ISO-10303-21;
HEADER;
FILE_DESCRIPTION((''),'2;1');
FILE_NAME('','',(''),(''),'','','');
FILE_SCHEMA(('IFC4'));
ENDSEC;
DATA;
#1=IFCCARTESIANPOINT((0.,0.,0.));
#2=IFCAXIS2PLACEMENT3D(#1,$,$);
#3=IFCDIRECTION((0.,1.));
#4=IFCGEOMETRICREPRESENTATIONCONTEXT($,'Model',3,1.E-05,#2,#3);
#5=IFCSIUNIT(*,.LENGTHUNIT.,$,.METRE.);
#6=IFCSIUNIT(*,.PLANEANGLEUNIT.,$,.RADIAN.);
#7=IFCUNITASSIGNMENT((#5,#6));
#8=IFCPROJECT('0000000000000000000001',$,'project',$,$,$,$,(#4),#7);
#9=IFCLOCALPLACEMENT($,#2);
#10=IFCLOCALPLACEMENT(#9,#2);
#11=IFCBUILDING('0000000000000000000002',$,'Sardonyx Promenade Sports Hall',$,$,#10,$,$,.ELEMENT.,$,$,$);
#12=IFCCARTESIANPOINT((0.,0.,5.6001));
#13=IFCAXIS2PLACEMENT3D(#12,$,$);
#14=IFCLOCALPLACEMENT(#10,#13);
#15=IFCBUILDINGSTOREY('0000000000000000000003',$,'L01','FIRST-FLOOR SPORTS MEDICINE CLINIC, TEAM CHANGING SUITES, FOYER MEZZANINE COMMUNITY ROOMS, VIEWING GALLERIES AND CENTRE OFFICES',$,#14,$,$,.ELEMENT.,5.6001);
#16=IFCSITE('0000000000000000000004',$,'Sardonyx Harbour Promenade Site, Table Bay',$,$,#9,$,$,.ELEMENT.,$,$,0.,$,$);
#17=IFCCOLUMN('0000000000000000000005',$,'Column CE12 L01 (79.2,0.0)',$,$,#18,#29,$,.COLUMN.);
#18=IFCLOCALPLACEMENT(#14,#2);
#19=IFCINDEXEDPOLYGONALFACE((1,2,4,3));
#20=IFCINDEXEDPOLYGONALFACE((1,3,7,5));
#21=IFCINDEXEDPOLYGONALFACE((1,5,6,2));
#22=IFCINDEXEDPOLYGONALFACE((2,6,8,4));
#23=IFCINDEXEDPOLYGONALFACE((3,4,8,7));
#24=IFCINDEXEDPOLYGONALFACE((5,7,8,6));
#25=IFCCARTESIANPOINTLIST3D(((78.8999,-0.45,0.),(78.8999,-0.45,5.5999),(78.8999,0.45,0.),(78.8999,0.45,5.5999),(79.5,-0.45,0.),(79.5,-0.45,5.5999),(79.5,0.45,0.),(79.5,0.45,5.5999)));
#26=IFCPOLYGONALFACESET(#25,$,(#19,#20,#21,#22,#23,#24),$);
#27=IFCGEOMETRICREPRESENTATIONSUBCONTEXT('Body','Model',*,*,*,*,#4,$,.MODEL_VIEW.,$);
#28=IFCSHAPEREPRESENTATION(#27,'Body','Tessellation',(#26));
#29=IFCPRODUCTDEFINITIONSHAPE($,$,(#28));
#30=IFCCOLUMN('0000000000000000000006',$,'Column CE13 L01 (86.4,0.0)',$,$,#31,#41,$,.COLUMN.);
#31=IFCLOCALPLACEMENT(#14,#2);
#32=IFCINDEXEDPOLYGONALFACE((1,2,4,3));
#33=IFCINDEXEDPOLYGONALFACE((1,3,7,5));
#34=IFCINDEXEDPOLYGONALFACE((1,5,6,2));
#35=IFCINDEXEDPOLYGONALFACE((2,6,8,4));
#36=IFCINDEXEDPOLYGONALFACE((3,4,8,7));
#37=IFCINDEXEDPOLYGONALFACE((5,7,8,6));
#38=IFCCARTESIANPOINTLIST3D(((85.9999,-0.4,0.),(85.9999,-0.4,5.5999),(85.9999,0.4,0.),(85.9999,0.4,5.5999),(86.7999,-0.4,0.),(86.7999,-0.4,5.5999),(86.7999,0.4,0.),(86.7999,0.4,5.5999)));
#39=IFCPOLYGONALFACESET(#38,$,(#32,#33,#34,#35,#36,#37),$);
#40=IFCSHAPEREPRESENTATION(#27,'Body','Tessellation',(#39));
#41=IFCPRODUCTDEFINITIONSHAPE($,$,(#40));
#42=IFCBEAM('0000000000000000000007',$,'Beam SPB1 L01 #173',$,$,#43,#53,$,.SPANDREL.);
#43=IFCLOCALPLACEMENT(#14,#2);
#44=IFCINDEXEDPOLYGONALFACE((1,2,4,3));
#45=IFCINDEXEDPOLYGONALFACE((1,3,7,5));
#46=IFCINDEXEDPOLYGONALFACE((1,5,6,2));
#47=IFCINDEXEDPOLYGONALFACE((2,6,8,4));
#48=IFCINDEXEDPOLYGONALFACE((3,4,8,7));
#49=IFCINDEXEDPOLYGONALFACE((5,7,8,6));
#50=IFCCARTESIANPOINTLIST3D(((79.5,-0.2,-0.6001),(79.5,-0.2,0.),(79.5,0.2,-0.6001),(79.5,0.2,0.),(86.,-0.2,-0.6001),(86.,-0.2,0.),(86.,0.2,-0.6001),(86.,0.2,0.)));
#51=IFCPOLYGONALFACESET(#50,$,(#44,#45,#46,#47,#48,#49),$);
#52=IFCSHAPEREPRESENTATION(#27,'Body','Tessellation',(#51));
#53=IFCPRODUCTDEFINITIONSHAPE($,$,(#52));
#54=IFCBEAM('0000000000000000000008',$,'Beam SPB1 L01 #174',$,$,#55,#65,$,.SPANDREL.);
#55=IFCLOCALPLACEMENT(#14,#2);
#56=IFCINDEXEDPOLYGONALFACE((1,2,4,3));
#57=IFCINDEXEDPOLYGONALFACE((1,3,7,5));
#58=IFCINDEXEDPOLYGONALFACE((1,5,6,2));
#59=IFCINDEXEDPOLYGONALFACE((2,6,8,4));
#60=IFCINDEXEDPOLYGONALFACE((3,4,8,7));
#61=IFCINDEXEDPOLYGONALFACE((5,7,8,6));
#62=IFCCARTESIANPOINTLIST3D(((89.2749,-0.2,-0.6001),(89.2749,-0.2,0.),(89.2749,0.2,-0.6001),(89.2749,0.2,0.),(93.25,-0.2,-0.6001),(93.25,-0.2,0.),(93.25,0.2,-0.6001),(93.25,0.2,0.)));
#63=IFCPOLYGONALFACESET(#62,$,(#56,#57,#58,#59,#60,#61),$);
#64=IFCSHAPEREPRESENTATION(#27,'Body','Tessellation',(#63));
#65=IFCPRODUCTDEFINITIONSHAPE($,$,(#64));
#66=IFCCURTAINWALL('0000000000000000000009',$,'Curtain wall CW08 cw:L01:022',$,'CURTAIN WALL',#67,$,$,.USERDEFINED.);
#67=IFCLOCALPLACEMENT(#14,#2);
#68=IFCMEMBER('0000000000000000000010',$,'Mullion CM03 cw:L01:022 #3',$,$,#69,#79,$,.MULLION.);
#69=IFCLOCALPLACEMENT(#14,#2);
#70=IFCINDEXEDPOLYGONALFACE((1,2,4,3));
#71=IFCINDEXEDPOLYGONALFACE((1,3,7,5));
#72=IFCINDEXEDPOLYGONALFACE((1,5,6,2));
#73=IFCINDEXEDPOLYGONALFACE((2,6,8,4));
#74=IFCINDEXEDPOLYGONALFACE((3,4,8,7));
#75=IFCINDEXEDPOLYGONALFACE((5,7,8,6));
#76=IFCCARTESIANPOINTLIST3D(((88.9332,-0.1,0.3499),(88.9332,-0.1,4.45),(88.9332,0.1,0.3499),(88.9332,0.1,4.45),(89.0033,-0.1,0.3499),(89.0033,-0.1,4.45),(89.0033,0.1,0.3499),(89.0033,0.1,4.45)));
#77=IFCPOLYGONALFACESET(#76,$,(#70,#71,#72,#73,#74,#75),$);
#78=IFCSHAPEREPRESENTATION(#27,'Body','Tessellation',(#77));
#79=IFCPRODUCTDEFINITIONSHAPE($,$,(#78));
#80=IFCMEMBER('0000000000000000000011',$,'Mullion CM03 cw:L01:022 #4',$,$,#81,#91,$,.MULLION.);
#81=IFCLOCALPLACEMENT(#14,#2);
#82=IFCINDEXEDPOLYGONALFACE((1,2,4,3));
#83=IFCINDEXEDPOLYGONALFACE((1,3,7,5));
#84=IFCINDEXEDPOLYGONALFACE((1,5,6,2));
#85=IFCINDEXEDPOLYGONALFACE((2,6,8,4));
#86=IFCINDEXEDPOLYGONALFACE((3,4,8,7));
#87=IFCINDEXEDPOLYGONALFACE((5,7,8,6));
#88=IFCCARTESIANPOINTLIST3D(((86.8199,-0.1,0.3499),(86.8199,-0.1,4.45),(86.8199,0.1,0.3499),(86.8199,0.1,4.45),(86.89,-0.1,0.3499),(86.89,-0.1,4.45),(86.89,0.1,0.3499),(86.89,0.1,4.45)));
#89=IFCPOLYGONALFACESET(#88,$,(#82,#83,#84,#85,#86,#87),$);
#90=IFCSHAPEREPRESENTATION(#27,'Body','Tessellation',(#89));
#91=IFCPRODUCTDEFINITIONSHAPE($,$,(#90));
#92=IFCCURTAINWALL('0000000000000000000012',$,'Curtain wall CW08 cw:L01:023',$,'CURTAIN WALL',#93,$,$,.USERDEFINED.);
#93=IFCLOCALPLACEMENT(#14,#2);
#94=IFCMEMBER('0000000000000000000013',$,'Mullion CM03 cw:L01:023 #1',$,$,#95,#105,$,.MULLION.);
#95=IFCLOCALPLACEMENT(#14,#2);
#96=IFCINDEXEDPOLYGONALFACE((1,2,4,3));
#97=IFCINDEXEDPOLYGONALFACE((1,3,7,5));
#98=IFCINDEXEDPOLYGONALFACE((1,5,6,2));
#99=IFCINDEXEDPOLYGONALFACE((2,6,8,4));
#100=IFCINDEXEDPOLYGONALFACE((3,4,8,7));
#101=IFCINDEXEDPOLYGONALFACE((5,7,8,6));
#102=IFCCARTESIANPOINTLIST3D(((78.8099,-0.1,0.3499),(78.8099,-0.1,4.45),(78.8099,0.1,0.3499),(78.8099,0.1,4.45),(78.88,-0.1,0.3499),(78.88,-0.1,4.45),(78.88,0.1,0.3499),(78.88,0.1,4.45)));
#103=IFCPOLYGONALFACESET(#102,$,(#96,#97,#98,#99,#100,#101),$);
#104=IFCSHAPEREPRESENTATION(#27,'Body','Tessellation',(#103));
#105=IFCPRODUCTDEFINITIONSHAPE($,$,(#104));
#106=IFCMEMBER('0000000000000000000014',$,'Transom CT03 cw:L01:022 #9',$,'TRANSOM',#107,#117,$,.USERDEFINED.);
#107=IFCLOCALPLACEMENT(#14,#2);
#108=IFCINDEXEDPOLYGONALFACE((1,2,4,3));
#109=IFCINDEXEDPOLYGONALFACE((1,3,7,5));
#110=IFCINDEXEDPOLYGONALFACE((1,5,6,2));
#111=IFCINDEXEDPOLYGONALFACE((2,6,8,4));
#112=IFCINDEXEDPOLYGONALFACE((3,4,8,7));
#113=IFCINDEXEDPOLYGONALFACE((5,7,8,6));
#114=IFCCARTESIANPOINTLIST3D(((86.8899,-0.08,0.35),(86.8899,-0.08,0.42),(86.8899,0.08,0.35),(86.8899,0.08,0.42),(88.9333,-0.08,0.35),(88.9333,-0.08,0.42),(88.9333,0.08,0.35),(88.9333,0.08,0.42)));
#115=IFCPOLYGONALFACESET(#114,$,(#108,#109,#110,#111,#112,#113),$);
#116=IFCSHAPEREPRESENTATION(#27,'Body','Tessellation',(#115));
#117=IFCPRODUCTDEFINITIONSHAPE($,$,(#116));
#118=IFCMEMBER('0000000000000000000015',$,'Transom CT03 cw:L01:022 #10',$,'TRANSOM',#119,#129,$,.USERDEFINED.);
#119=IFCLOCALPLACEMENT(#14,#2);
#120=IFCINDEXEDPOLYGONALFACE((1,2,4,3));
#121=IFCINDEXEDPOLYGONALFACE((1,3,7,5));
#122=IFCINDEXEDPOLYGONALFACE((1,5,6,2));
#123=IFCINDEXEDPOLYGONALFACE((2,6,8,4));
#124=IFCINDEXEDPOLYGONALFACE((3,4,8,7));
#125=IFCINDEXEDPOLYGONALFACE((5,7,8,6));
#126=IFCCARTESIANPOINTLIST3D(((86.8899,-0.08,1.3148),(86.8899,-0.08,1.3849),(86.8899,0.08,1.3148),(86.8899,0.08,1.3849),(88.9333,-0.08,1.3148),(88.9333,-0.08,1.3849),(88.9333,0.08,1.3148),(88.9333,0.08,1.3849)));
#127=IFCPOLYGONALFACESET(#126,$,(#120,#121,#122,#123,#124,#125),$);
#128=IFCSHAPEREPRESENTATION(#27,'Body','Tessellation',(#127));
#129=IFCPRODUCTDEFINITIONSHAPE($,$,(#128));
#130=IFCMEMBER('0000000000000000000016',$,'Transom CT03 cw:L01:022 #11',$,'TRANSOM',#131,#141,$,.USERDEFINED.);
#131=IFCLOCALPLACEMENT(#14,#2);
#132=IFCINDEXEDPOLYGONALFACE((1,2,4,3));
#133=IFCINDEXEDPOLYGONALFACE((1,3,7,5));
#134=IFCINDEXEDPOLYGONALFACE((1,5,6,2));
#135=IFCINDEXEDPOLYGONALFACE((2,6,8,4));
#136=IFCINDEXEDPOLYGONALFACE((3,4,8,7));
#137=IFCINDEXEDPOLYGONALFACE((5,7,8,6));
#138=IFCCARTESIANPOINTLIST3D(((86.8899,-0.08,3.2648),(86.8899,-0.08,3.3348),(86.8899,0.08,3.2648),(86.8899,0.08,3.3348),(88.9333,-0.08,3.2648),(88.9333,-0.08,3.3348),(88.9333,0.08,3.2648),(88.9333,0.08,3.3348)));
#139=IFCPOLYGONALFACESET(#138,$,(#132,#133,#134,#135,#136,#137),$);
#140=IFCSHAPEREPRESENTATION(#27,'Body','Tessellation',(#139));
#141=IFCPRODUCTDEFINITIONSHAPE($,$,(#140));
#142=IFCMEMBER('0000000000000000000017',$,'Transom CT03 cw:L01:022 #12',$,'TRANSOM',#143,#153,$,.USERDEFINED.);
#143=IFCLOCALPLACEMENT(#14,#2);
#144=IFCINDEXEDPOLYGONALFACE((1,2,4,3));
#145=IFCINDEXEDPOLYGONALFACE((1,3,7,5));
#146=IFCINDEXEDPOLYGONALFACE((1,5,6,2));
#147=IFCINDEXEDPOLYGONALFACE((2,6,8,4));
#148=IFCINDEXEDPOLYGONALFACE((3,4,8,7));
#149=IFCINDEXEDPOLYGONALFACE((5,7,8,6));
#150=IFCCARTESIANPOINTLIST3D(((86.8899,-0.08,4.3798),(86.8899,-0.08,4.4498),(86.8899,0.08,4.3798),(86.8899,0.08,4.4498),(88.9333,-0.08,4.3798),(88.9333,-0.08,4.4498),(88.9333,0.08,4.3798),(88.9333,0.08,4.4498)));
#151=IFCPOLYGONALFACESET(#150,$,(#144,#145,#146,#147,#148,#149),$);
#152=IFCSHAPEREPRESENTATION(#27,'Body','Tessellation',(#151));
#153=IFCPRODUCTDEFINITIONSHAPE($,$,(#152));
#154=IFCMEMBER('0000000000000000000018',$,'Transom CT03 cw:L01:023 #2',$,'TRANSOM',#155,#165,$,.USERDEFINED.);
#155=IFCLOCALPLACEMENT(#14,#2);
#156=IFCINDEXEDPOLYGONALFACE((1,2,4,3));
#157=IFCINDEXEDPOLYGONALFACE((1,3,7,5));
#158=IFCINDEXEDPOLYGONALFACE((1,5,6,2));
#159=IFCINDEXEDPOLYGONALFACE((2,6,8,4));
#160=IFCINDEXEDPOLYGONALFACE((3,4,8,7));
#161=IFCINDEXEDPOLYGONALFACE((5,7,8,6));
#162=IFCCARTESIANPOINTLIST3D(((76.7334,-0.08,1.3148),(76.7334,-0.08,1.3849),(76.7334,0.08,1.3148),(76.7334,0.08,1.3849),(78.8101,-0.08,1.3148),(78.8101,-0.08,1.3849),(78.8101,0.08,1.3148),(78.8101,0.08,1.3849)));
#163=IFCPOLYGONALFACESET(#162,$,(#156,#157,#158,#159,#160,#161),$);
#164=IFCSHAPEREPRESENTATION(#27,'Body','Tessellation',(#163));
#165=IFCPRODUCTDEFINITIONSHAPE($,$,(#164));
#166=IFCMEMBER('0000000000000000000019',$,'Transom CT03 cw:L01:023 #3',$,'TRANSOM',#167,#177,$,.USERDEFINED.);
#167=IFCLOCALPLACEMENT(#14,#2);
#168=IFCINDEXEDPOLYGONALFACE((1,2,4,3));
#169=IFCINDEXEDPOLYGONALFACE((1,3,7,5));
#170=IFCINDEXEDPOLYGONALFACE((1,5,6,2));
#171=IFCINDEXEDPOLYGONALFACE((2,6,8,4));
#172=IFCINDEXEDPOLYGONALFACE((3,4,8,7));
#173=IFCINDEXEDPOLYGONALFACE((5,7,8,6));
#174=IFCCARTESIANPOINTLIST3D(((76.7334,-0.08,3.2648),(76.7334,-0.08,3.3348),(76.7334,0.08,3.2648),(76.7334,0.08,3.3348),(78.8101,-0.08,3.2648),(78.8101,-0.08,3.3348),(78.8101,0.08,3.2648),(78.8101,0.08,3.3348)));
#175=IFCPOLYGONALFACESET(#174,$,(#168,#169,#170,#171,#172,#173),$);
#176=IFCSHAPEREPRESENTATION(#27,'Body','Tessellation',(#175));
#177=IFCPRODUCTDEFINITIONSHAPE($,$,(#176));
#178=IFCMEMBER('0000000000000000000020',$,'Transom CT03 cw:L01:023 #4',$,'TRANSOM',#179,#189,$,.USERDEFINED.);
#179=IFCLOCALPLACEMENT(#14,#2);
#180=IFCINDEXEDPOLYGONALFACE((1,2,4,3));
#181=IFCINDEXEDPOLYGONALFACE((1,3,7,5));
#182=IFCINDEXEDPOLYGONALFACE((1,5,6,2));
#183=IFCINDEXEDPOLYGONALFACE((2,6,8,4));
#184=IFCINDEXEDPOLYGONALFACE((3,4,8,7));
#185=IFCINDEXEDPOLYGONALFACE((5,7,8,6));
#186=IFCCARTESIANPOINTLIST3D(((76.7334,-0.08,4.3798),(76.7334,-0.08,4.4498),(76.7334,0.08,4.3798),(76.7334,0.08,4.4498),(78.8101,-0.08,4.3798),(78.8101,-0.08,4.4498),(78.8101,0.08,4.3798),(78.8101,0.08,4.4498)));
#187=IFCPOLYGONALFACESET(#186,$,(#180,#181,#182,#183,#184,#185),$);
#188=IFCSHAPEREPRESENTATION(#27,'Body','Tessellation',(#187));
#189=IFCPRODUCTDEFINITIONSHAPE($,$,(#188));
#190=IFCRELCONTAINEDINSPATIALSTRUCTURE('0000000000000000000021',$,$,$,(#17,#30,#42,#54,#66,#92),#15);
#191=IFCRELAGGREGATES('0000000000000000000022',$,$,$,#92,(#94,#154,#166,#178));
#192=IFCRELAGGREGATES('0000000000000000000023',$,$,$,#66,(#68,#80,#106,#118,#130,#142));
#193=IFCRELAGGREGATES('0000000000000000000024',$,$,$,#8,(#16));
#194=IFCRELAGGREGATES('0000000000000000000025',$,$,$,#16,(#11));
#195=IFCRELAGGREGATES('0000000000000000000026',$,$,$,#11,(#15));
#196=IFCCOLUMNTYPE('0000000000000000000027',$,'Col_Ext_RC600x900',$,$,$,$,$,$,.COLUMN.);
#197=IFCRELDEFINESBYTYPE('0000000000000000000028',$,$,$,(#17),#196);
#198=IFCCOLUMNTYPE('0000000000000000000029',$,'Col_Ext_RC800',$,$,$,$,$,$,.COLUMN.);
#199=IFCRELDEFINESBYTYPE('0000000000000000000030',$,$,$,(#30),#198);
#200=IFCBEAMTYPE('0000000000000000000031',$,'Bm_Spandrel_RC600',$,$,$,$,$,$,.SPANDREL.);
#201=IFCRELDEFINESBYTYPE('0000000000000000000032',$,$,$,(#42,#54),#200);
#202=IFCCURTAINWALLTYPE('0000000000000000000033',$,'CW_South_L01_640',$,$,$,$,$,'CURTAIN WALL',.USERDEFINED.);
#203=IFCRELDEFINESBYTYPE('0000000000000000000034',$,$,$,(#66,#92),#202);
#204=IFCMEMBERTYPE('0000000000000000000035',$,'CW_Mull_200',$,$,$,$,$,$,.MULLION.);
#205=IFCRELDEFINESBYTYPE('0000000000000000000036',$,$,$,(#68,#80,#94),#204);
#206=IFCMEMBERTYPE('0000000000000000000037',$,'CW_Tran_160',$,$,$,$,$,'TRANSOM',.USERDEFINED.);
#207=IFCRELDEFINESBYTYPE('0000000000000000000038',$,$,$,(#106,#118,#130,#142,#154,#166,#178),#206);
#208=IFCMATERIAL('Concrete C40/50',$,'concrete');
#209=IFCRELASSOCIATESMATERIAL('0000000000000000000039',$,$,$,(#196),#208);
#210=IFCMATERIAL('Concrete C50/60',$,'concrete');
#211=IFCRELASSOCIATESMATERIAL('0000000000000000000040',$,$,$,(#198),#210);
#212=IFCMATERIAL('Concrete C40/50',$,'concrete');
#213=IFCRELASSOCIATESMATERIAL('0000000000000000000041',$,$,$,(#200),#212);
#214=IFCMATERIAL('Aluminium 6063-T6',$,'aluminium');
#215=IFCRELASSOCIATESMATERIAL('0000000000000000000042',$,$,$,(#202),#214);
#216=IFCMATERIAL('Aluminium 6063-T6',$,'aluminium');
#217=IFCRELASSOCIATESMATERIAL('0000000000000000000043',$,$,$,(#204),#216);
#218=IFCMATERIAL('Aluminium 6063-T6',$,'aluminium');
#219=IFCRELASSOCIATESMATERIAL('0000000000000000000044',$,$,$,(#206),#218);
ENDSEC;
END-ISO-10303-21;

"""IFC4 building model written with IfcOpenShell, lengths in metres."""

from ifc_helpers import new_model, si_unit, direction, frame, origin, origin_2d, place, context, subcontext, project, spatial, rectangle, extrude, material, material_profile, profile_set, type_object, element, aggregate, save


model = new_model("IFC4")

# Units and contexts
model_context = context("Model", 3, precision=1e-05, world=origin(), true_north=direction((0.0, 1.0)))
body_context = subcontext(model_context, "Body", "Model", "MODEL_VIEW")
ifc_project = project(units=[si_unit("LENGTHUNIT", "METRE"), si_unit("PLANEANGLEUNIT", "RADIAN")], contexts=[model_context])

# Site, building, storey
site_placement = place(None, origin())
site = spatial("IfcSite", under=ifc_project, at=site_placement, Name="Sardonyx Harbour Promenade Site, Table Bay", CompositionType="ELEMENT", RefElevation=0.0)
building_placement = place(site_placement, origin())
building = spatial("IfcBuilding", under=site, at=building_placement, Name="Sardonyx Promenade Sports Hall", CompositionType="ELEMENT")
storey_placement = place(building_placement, frame((0.0, 0.0, 5.6001)))
storey = spatial("IfcBuildingStorey", under=building, at=storey_placement, Name="L01", Description="FIRST-FLOOR SPORTS MEDICINE CLINIC, TEAM CHANGING SUITES, FOYER MEZZANINE COMMUNITY ROOMS, VIEWING GALLERIES AND CENTRE OFFICES", CompositionType="ELEMENT", Elevation=5.6001)

# Columns
ifc_material_1 = material(Name="Concrete C40/50", Category="concrete")
ifc_material_profile_1 = material_profile(ifc_material_1, rectangle(XDim=0.6001, YDim=0.8999, at=origin_2d()))
ifc_profile_set_1 = profile_set([ifc_material_profile_1], Name="Concrete C40/50")
column_type_1 = type_object("IfcColumnType", Name="Col_Ext_RC600x900", PredefinedType="COLUMN", material=ifc_profile_set_1)
column_1_placement = place(storey_placement, frame((79.2, 0.0, 0.0), z_axis=(0.0, 0.0, 1.0), x_axis=(1.0, 0.0, 0.0)))
element("IfcColumn", 1, at=column_1_placement, inside=storey, type_object=column_type_1, Name="Column CE12 L01 (79.2,0.0)", PredefinedType="COLUMN", context=body_context, shape_type="SweptSolid", body=[
    extrude(rectangle(XDim=0.6001, YDim=0.8999, at=origin_2d()), origin(), (0.0, 0.0, 1.0), 5.5999),
])
ifc_material_2 = material(Name="Concrete C50/60", Category="concrete")
ifc_material_profile_2 = material_profile(ifc_material_2, rectangle(XDim=0.8, YDim=0.8, at=origin_2d()))
ifc_profile_set_2 = profile_set([ifc_material_profile_2], Name="Concrete C50/60")
column_type_2 = type_object("IfcColumnType", Name="Col_Ext_RC800", PredefinedType="COLUMN", material=ifc_profile_set_2)
column_2_placement = place(storey_placement, frame((86.3999, 0.0, 0.0), z_axis=(0.0, 0.0, 1.0), x_axis=(1.0, 0.0, 0.0)))
element("IfcColumn", 2, at=column_2_placement, inside=storey, type_object=column_type_2, Name="Column CE13 L01 (86.4,0.0)", PredefinedType="COLUMN", context=body_context, shape_type="SweptSolid", body=[
    extrude(rectangle(XDim=0.8, YDim=0.8, at=origin_2d()), origin(), (0.0, 0.0, 1.0), 5.5999),
])

# Beams
ifc_material_3 = material(Name="Concrete C40/50", Category="concrete")
ifc_material_profile_3 = material_profile(ifc_material_3, rectangle(XDim=0.3999, YDim=0.6001, at=origin_2d()))
ifc_profile_set_3 = profile_set([ifc_material_profile_3], Name="Concrete C40/50")
beam_type = type_object("IfcBeamType", Name="Bm_Spandrel_RC600", PredefinedType="SPANDREL", material=ifc_profile_set_3)
beam_1_placement = place(storey_placement, frame((79.5, 0.0, -0.3), z_axis=(1.0, 0.0, 0.0), x_axis=(0.0, 1.0, 0.0)))
element("IfcBeam", 3, at=beam_1_placement, inside=storey, type_object=beam_type, Name="Beam SPB1 L01 #173", PredefinedType="SPANDREL", context=body_context, shape_type="SweptSolid", body=[
    extrude(rectangle(XDim=0.3999, YDim=0.6001, at=origin_2d()), origin(), (0.0, 0.0, 1.0), 6.5),
])
beam_2_placement = place(storey_placement, frame((89.2749, 0.0, -0.3), z_axis=(1.0, 0.0, 0.0), x_axis=(0.0, 1.0, 0.0)))
element("IfcBeam", 4, at=beam_2_placement, inside=storey, type_object=beam_type, Name="Beam SPB1 L01 #174", PredefinedType="SPANDREL", context=body_context, shape_type="SweptSolid", body=[
    extrude(rectangle(XDim=0.3999, YDim=0.6001, at=origin_2d()), origin(), (0.0, 0.0, 1.0), 3.9751),
])

# Curtain wall, members
ifc_material_4 = material(Name="Aluminium 6063-T6", Category="aluminium")
curtain_wall_type = type_object("IfcCurtainWallType", Name="CW_South_L01_640", ElementType="CURTAIN WALL", PredefinedType="USERDEFINED", material=ifc_material_4)
curtain_wall_1_placement = place(storey_placement, origin())
curtain_wall_1 = element("IfcCurtainWall", 5, at=curtain_wall_1_placement, inside=storey, type_object=curtain_wall_type, Name="Curtain wall CW08 cw:L01:022", ObjectType="CURTAIN WALL", PredefinedType="USERDEFINED")
ifc_material_5 = material(Name="Aluminium 6063-T6", Category="aluminium")
ifc_material_profile_4 = material_profile(ifc_material_5, rectangle(XDim=0.0701, YDim=0.2, at=origin_2d()))
ifc_profile_set_4 = profile_set([ifc_material_profile_4], Name="Aluminium 6063-T6")
member_type_1 = type_object("IfcMemberType", Name="CW_Mull_200", PredefinedType="MULLION", material=ifc_profile_set_4)
member_1_placement = place(storey_placement, frame((88.9683, 0.0, 0.3499), z_axis=(0.0, 0.0, 1.0), x_axis=(-1.0, 0.0, 0.0)))
member_1 = element("IfcMember", 6, at=member_1_placement, type_object=member_type_1, Name="Mullion CM03 cw:L01:022 #3", PredefinedType="MULLION", context=body_context, shape_type="SweptSolid", body=[
    extrude(rectangle(XDim=0.0701, YDim=0.2, at=origin_2d()), origin(), (0.0, 0.0, 1.0), 4.1001),
])
member_2_placement = place(storey_placement, frame((86.855, 0.0, 0.3499), z_axis=(0.0, 0.0, 1.0), x_axis=(-1.0, 0.0, 0.0)))
member_2 = element("IfcMember", 7, at=member_2_placement, type_object=member_type_1, Name="Mullion CM03 cw:L01:022 #4", PredefinedType="MULLION", context=body_context, shape_type="SweptSolid", body=[
    extrude(rectangle(XDim=0.0701, YDim=0.2, at=origin_2d()), origin(), (0.0, 0.0, 1.0), 4.1001),
])

# Curtain wall, member
curtain_wall_2_placement = place(storey_placement, origin())
curtain_wall_2 = element("IfcCurtainWall", 8, at=curtain_wall_2_placement, inside=storey, type_object=curtain_wall_type, Name="Curtain wall CW08 cw:L01:023", ObjectType="CURTAIN WALL", PredefinedType="USERDEFINED")
member_3_placement = place(storey_placement, frame((78.845, 0.0, 0.3499), z_axis=(0.0, 0.0, 1.0), x_axis=(-1.0, 0.0, 0.0)))
member_3 = element("IfcMember", 9, at=member_3_placement, type_object=member_type_1, Name="Mullion CM03 cw:L01:023 #1", PredefinedType="MULLION", context=body_context, shape_type="SweptSolid", body=[
    extrude(rectangle(XDim=0.0701, YDim=0.2, at=origin_2d()), origin(), (0.0, 0.0, 1.0), 4.1001),
])

# Members
ifc_material_6 = material(Name="Aluminium 6063-T6", Category="aluminium")
ifc_material_profile_5 = material_profile(ifc_material_6, rectangle(XDim=0.0701, YDim=0.1599, at=origin_2d()))
ifc_profile_set_5 = profile_set([ifc_material_profile_5], Name="Aluminium 6063-T6")
member_type_2 = type_object("IfcMemberType", Name="CW_Tran_160", ElementType="TRANSOM", PredefinedType="USERDEFINED", material=ifc_profile_set_5)
member_4_placement = place(storey_placement, frame((88.9333, 0.0, 0.385), z_axis=(-1.0, 0.0, 0.0), x_axis=(0.0, 0.0, 1.0)))
member_4 = element("IfcMember", 10, at=member_4_placement, type_object=member_type_2, Name="Transom CT03 cw:L01:022 #9", ObjectType="TRANSOM", PredefinedType="USERDEFINED", context=body_context, shape_type="SweptSolid", body=[
    extrude(rectangle(XDim=0.0701, YDim=0.1599, at=origin_2d()), origin(), (0.0, 0.0, 1.0), 2.0435),
])
member_5_placement = place(storey_placement, frame((88.9333, 0.0, 1.3499), z_axis=(-1.0, 0.0, 0.0), x_axis=(0.0, 0.0, 1.0)))
member_5 = element("IfcMember", 11, at=member_5_placement, type_object=member_type_2, Name="Transom CT03 cw:L01:022 #10", ObjectType="TRANSOM", PredefinedType="USERDEFINED", context=body_context, shape_type="SweptSolid", body=[
    extrude(rectangle(XDim=0.0701, YDim=0.1599, at=origin_2d()), origin(), (0.0, 0.0, 1.0), 2.0435),
])
member_6_placement = place(storey_placement, frame((88.9333, 0.0, 3.2998), z_axis=(-1.0, 0.0, 0.0), x_axis=(0.0, 0.0, 1.0)))
member_6 = element("IfcMember", 12, at=member_6_placement, type_object=member_type_2, Name="Transom CT03 cw:L01:022 #11", ObjectType="TRANSOM", PredefinedType="USERDEFINED", context=body_context, shape_type="SweptSolid", body=[
    extrude(rectangle(XDim=0.0701, YDim=0.1599, at=origin_2d()), origin(), (0.0, 0.0, 1.0), 2.0435),
])
member_7_placement = place(storey_placement, frame((88.9333, 0.0, 4.4148), z_axis=(-1.0, 0.0, 0.0), x_axis=(0.0, 0.0, 1.0)))
member_7 = element("IfcMember", 13, at=member_7_placement, type_object=member_type_2, Name="Transom CT03 cw:L01:022 #12", ObjectType="TRANSOM", PredefinedType="USERDEFINED", context=body_context, shape_type="SweptSolid", body=[
    extrude(rectangle(XDim=0.0701, YDim=0.1599, at=origin_2d()), origin(), (0.0, 0.0, 1.0), 2.0435),
])
member_8_placement = place(storey_placement, frame((78.8101, 0.0, 1.3499), z_axis=(-1.0, 0.0, 0.0), x_axis=(0.0, 0.0, 1.0)))
member_8 = element("IfcMember", 14, at=member_8_placement, type_object=member_type_2, Name="Transom CT03 cw:L01:023 #2", ObjectType="TRANSOM", PredefinedType="USERDEFINED", context=body_context, shape_type="SweptSolid", body=[
    extrude(rectangle(XDim=0.0701, YDim=0.1599, at=origin_2d()), origin(), (0.0, 0.0, 1.0), 2.0767),
])
member_9_placement = place(storey_placement, frame((78.8101, 0.0, 3.2998), z_axis=(-1.0, 0.0, 0.0), x_axis=(0.0, 0.0, 1.0)))
member_9 = element("IfcMember", 15, at=member_9_placement, type_object=member_type_2, Name="Transom CT03 cw:L01:023 #3", ObjectType="TRANSOM", PredefinedType="USERDEFINED", context=body_context, shape_type="SweptSolid", body=[
    extrude(rectangle(XDim=0.0701, YDim=0.1599, at=origin_2d()), origin(), (0.0, 0.0, 1.0), 2.0767),
])
member_10_placement = place(storey_placement, frame((78.8101, 0.0, 4.4148), z_axis=(-1.0, 0.0, 0.0), x_axis=(0.0, 0.0, 1.0)))
member_10 = element("IfcMember", 16, at=member_10_placement, type_object=member_type_2, Name="Transom CT03 cw:L01:023 #4", ObjectType="TRANSOM", PredefinedType="USERDEFINED", context=body_context, shape_type="SweptSolid", body=[
    extrude(rectangle(XDim=0.0701, YDim=0.1599, at=origin_2d()), origin(), (0.0, 0.0, 1.0), 2.0767),
])
aggregate(curtain_wall_2, [member_3, member_8, member_9, member_10])

aggregate(curtain_wall_1, [member_1, member_2, member_4, member_5, member_6, member_7])

save(model, "model.ifc")
